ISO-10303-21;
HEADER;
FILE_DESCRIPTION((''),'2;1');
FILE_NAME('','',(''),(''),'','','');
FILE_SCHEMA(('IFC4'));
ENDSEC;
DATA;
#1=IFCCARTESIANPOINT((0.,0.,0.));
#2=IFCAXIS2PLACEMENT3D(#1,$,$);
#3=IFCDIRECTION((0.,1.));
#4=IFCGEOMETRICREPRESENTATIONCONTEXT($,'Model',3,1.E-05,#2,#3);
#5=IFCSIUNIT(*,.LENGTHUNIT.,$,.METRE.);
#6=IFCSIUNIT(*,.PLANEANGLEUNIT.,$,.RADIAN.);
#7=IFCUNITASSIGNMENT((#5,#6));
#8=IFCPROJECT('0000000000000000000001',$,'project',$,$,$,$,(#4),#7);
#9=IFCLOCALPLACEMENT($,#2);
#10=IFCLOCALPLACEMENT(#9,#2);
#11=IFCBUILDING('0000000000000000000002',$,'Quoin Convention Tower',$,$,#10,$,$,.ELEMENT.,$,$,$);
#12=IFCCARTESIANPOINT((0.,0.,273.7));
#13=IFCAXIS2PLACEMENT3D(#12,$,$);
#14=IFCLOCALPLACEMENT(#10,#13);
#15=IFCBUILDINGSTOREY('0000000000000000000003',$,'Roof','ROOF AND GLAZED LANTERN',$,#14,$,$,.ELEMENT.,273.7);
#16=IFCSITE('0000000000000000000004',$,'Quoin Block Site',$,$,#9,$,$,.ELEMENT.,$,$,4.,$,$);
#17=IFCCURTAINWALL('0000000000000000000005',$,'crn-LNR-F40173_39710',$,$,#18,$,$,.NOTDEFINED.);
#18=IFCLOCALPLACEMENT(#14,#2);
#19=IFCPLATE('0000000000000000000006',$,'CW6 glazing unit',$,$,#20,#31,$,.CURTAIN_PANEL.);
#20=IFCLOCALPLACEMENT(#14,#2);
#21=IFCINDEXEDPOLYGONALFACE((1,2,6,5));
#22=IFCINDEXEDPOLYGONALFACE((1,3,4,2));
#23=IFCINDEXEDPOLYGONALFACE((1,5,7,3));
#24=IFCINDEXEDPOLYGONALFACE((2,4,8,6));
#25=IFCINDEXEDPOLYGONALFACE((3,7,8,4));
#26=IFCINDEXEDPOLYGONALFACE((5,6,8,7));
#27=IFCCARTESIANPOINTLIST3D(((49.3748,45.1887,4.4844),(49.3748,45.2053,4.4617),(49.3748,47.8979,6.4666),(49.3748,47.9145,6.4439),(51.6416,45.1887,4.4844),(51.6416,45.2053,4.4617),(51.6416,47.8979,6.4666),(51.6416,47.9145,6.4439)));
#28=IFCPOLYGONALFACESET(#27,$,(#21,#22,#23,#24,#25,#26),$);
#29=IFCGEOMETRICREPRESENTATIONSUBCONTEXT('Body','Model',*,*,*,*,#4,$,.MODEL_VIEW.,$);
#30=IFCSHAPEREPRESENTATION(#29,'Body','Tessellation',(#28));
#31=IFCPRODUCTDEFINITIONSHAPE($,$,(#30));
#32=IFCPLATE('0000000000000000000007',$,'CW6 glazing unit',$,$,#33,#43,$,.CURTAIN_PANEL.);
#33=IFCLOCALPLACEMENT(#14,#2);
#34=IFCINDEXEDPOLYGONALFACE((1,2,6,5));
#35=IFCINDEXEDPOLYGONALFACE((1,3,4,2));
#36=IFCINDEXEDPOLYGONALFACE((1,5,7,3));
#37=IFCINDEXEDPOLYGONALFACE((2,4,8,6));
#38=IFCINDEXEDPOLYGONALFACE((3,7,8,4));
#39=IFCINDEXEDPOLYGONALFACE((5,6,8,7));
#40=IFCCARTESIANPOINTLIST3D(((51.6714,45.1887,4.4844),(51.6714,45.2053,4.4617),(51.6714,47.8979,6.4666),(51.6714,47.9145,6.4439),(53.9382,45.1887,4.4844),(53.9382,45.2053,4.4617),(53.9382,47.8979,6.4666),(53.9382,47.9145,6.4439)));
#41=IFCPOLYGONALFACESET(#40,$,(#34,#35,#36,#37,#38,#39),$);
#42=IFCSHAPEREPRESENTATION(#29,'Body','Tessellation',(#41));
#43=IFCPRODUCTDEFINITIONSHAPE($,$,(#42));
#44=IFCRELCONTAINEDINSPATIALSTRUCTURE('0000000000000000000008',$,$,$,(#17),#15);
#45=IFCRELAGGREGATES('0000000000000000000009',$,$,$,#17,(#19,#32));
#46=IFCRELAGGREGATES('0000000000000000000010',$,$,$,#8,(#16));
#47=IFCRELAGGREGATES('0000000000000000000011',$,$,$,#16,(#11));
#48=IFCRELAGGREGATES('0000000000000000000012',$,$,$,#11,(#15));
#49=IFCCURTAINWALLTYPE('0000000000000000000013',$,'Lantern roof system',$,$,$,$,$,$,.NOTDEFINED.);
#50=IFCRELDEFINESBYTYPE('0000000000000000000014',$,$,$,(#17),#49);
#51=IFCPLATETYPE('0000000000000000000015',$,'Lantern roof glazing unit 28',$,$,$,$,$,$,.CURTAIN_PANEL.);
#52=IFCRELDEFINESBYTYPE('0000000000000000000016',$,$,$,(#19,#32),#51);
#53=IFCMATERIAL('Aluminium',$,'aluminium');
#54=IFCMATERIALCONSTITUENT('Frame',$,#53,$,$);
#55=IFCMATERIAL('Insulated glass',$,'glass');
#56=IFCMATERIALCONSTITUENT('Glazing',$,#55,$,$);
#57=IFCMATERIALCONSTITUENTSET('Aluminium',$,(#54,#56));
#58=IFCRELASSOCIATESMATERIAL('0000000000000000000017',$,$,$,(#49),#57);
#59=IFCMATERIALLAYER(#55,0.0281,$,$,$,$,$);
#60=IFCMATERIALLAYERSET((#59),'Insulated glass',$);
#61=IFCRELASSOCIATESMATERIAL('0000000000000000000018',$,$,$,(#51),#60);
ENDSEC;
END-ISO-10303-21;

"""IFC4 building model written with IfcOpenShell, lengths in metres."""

from ifc_helpers import new_model, si_unit, direction, frame, origin, place, context, subcontext, project, spatial, polyline, outline, extrude, material, layer, layer_set, constituent, constituent_set, type_object, element, aggregate, save


model = new_model("IFC4")

# Units and contexts
model_context = context("Model", 3, precision=1e-05, world=origin(), true_north=direction((0.0, 1.0)))
body_context = subcontext(model_context, "Body", "Model", "MODEL_VIEW")
ifc_project = project(units=[si_unit("LENGTHUNIT", "METRE"), si_unit("PLANEANGLEUNIT", "RADIAN")], contexts=[model_context])

# Site, building, storey
site_placement = place(None, origin())
site = spatial("IfcSite", under=ifc_project, at=site_placement, Name="Quoin Block Site", CompositionType="ELEMENT", RefElevation=4.0)
building_placement = place(site_placement, origin())
building = spatial("IfcBuilding", under=site, at=building_placement, Name="Quoin Convention Tower", CompositionType="ELEMENT")
storey_placement = place(building_placement, frame((0.0, 0.0, 273.7)))
storey = spatial("IfcBuildingStorey", under=building, at=storey_placement, Name="Roof", Description="ROOF AND GLAZED LANTERN", CompositionType="ELEMENT", Elevation=273.7)

# Shared definitions
ifc_material_1 = material(Name="Aluminium", Category="aluminium")
ifc_constituent_1 = constituent(ifc_material_1, Name="Frame")
ifc_material_2 = material(Name="Insulated glass", Category="glass")
ifc_constituent_2 = constituent(ifc_material_2, Name="Glazing")
ifc_constituent_set = constituent_set(constituents=[ifc_constituent_1, ifc_constituent_2], Name="Aluminium")
curtain_wall_type = type_object("IfcCurtainWallType", Name="Lantern roof system", PredefinedType="NOTDEFINED", material=ifc_constituent_set)

# Curtain wall
curtain_wall_1_placement = place(storey_placement, origin())
curtain_wall_1 = element("IfcCurtainWall", 1, at=curtain_wall_1_placement, inside=storey, type_object=curtain_wall_type, Name="crn-LNR-F40173_39710", PredefinedType="NOTDEFINED")

# Plates
ifc_layer = layer(ifc_material_2, 0.0281)
ifc_layer_set = layer_set([ifc_layer], Name="Insulated glass")
plate_type = type_object("IfcPlateType", Name="Lantern roof glazing unit 28", PredefinedType="CURTAIN_PANEL", material=ifc_layer_set)
plate_1_placement = place(storey_placement, frame((51.6416, 45.1887, 4.4844), z_axis=(0.0, -0.590474, 0.807057), x_axis=(-1.0, 0.0, 0.0)))
plate_1 = element("IfcPlate", 2, at=plate_1_placement, type_object=plate_type, Name="CW6 glazing unit", PredefinedType="CURTAIN_PANEL", context=body_context, shape_type="SweptSolid", body=[
    extrude(outline(polyline([(0.0, 0.0), (2.2668, 0.0), (2.2668, -3.3569), (0.0, -3.3569), (0.0, 0.0)])), origin(), (0.0, 0.0, -1.0), 0.0281),
])
plate_2_placement = place(storey_placement, frame((53.9382, 45.1887, 4.4844), z_axis=(0.0, -0.590474, 0.807057), x_axis=(-1.0, 0.0, 0.0)))
plate_2 = element("IfcPlate", 3, at=plate_2_placement, type_object=plate_type, Name="CW6 glazing unit", PredefinedType="CURTAIN_PANEL", context=body_context, shape_type="SweptSolid", body=[
    extrude(outline(polyline([(0.0, 0.0), (2.2668, 0.0), (2.2668, -3.3569), (0.0, -3.3569), (0.0, 0.0)])), origin(), (0.0, 0.0, -1.0), 0.0281),
])
aggregate(curtain_wall_1, [plate_1, plate_2])

save(model, "model.ifc")
